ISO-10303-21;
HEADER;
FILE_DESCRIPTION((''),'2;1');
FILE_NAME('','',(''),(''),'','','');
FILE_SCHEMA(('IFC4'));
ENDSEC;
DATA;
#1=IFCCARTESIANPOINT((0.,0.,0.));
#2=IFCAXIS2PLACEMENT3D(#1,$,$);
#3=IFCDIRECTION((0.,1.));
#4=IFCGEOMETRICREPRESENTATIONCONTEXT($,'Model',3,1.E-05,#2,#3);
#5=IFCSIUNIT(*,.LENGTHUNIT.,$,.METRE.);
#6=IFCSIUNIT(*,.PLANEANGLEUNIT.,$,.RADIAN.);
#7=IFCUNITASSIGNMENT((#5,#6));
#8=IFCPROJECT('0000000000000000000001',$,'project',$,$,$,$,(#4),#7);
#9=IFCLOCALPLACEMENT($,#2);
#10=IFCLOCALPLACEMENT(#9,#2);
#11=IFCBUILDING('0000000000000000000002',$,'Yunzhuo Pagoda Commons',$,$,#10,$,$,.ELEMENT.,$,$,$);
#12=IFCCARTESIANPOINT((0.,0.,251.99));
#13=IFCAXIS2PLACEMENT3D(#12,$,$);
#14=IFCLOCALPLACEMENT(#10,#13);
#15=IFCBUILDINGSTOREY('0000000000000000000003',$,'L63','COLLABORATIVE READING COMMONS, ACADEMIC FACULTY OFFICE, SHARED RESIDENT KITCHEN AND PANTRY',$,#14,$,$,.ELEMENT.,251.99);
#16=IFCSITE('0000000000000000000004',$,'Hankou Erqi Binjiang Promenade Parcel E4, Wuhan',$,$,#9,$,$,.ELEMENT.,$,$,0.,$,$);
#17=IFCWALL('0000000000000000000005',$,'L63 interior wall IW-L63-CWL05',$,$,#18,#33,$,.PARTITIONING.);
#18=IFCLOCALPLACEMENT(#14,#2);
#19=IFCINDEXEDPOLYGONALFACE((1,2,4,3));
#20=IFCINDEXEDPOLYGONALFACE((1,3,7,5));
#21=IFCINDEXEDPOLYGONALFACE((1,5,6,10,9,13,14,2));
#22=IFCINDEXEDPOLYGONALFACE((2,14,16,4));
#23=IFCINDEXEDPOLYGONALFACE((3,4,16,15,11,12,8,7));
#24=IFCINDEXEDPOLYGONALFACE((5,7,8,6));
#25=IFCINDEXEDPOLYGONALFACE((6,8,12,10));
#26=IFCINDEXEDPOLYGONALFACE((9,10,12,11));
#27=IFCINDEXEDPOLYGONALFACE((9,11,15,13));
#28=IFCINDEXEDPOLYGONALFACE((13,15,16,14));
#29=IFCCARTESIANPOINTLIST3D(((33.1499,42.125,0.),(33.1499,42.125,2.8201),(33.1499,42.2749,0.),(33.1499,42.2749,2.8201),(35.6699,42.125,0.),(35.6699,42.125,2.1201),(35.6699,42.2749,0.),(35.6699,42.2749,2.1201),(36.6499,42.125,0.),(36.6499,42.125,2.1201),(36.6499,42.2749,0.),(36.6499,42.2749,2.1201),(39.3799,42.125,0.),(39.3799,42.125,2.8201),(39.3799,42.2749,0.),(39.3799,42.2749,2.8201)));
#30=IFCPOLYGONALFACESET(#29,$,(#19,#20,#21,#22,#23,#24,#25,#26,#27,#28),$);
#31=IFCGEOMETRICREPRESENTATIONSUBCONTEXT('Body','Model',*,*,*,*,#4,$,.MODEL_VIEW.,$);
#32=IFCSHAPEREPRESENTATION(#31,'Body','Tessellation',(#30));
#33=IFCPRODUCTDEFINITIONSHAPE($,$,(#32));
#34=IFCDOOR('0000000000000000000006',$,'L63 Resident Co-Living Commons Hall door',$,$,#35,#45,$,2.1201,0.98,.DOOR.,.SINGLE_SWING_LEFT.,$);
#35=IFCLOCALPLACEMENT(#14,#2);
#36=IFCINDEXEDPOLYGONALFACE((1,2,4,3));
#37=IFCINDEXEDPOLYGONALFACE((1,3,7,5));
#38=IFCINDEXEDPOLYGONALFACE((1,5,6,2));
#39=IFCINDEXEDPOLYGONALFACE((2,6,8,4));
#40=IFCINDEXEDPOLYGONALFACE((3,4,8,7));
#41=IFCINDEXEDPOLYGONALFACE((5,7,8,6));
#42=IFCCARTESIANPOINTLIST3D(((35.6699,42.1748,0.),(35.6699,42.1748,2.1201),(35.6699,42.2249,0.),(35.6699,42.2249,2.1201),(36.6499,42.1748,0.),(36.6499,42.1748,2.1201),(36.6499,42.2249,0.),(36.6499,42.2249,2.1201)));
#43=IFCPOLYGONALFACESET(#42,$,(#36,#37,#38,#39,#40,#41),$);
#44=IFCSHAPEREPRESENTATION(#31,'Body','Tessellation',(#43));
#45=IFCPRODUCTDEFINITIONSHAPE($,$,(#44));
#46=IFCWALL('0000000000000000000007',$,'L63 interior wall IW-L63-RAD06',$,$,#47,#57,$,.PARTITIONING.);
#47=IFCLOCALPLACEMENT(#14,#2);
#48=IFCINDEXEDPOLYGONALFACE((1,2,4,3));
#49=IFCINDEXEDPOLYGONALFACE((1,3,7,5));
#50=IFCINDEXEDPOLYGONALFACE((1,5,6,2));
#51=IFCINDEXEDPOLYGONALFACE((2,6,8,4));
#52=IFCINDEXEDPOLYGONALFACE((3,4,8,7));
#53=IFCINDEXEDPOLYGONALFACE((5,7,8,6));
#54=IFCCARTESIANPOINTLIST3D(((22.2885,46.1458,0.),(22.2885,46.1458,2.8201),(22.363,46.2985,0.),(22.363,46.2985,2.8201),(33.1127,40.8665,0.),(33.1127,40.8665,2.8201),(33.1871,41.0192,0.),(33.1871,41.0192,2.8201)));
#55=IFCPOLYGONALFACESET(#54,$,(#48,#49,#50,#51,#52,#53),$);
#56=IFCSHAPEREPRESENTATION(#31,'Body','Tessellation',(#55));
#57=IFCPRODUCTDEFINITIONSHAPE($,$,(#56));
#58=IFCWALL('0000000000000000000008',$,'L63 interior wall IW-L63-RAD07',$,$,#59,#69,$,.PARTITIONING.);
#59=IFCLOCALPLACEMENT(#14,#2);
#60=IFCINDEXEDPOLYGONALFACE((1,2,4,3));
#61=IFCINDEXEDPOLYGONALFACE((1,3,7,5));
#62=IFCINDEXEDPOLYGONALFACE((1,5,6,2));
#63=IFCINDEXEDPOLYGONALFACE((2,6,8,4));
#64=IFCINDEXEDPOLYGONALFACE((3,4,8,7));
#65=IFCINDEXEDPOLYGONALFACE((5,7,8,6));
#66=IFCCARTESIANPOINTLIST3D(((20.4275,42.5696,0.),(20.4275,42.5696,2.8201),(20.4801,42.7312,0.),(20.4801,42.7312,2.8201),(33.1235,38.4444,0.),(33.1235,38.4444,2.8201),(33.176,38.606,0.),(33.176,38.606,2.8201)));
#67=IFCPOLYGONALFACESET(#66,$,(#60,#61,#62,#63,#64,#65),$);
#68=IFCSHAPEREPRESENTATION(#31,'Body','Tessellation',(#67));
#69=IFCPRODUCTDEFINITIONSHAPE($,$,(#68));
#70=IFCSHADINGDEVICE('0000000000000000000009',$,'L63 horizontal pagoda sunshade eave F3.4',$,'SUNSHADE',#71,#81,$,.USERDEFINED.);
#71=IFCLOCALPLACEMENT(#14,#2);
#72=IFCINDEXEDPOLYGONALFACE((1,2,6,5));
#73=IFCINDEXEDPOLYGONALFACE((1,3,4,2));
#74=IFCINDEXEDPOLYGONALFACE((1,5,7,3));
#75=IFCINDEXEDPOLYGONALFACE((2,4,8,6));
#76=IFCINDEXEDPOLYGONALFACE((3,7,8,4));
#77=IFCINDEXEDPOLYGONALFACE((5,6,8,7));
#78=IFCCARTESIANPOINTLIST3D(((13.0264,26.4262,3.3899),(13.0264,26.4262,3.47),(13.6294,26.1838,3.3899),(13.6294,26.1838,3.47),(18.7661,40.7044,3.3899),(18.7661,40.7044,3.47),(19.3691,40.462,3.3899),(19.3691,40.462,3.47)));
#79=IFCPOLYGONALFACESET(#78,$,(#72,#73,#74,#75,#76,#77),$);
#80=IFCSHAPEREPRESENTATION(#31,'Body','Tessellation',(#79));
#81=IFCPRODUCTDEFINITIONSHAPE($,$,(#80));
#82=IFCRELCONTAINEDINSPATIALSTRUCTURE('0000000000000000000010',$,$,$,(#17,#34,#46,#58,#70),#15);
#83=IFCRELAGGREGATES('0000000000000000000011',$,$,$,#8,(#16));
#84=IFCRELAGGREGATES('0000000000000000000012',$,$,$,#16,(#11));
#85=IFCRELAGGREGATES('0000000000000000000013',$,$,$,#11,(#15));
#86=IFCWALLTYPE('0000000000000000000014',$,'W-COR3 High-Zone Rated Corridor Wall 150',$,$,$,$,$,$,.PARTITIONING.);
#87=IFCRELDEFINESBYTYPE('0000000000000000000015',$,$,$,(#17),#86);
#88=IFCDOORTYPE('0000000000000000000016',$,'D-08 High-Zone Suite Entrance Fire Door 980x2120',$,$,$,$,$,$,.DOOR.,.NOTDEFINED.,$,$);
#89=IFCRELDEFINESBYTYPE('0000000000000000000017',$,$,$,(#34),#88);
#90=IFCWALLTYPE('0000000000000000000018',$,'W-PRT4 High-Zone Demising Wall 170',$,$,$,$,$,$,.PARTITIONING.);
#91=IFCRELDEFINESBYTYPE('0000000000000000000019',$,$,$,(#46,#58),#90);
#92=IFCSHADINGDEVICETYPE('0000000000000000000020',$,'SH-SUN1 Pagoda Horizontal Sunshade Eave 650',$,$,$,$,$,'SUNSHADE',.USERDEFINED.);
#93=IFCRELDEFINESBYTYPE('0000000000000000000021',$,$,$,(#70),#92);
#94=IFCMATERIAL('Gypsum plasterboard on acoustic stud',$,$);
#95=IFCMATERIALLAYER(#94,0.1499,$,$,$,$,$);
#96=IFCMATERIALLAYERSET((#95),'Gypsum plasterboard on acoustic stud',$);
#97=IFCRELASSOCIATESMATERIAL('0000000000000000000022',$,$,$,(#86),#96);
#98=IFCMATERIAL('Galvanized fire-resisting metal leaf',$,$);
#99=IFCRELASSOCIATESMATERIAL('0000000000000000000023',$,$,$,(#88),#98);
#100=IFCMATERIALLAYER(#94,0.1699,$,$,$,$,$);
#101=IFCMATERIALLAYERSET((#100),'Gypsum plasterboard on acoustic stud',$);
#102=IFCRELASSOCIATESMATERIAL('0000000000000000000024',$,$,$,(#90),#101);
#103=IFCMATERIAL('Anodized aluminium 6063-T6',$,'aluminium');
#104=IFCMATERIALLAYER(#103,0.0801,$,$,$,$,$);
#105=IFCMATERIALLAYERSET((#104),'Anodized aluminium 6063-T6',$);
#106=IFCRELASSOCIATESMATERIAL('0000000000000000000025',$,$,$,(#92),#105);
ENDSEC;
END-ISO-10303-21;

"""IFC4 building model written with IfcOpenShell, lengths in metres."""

from ifc_helpers import new_model, si_unit, direction, frame, frame_2d, origin, origin_with_axes, origin_2d, place, context, subcontext, project, spatial, rectangle, extrude, source, transform, mapped, material, layer, layer_set, type_object, element, fill, save


model = new_model("IFC4")

# Units and contexts
model_context = context("Model", 3, precision=1e-05, world=origin(), true_north=direction((0.0, 1.0)))
body_context = subcontext(model_context, "Body", "Model", "MODEL_VIEW")
ifc_project = project(units=[si_unit("LENGTHUNIT", "METRE"), si_unit("PLANEANGLEUNIT", "RADIAN")], contexts=[model_context])

# Site, building, storey
site_placement = place(None, origin())
site = spatial("IfcSite", under=ifc_project, at=site_placement, Name="Hankou Erqi Binjiang Promenade Parcel E4, Wuhan", CompositionType="ELEMENT", RefElevation=0.0)
building_placement = place(site_placement, origin())
building = spatial("IfcBuilding", under=site, at=building_placement, Name="Yunzhuo Pagoda Commons", CompositionType="ELEMENT")
storey_placement = place(building_placement, frame((0.0, 0.0, 251.99)))
storey = spatial("IfcBuildingStorey", under=building, at=storey_placement, Name="L63", Description="COLLABORATIVE READING COMMONS, ACADEMIC FACULTY OFFICE, SHARED RESIDENT KITCHEN AND PANTRY", CompositionType="ELEMENT", Elevation=251.99)

# Shared definitions
ifc_material_1 = material(Name="Anodized aluminium 6063-T6", Category="aluminium")

# Shared definitions
ifc_material_2 = material(Name="Gypsum plasterboard on acoustic stud")
ifc_layer_1 = layer(ifc_material_2, 0.1499)
ifc_layer_set_1 = layer_set([ifc_layer_1], Name="Gypsum plasterboard on acoustic stud")
wall_type_1 = type_object("IfcWallType", Name="W-COR3 High-Zone Rated Corridor Wall 150", PredefinedType="PARTITIONING", material=ifc_layer_set_1)

# Wall, opening, door
wall_1_placement = place(storey_placement, frame((33.1499, 42.2, 0.0), z_axis=(0.0, 0.0, 1.0), x_axis=(1.0, 0.0, 0.0)))
wall_1 = element("IfcWall", 1, at=wall_1_placement, inside=storey, type_object=wall_type_1, Name="L63 interior wall IW-L63-CWL05", PredefinedType="PARTITIONING", context=body_context, shape_type="SweptSolid", body=[
    extrude(rectangle(XDim=6.23, YDim=0.1499, at=frame_2d((3.115, 0.0))), origin(), (0.0, 0.0, 1.0), 2.8201),
])
opening_1_placement = place(wall_1_placement, frame((2.52, 0.0, 0.0)))
opening_1 = element("IfcOpeningElement", 2, at=opening_1_placement, cuts=wall_1, PredefinedType="OPENING", context=body_context, shape_type="SweptSolid", body=[
    extrude(rectangle(XDim=0.98, YDim=2.1201, at=frame_2d((0.49, 1.0601))), frame((0.0, 0.085, 0.0), z_axis=(0.0, -1.0, 0.0), x_axis=(1.0, 0.0, 0.0)), (0.0, 0.0, 1.0), 0.1699),
])
ifc_material_3 = material(Name="Galvanized fire-resisting metal leaf")
door_type_1 = type_object("IfcDoorType", Name="D-08 High-Zone Suite Entrance Fire Door 980x2120", OperationType="NOTDEFINED", PredefinedType="DOOR", material=ifc_material_3)
shared_shape_1 = source(origin(), body_context, "Body", "SweptSolid", [
    extrude(rectangle(XDim=0.98, YDim=2.1201, at=frame_2d((0.49, 1.0601))), frame((0.0, 0.0249, 0.0), z_axis=(0.0, -1.0, 0.0), x_axis=(1.0, 0.0, 0.0)), (0.0, 0.0, 1.0), 0.05),
])
door_1_placement = place(opening_1_placement, origin_with_axes())
door_1 = element("IfcDoor", 3, at=door_1_placement, inside=storey, type_object=door_type_1, Name="L63 Resident Co-Living Commons Hall door", OperationType="SINGLE_SWING_LEFT", OverallHeight=2.1201, OverallWidth=0.98, PredefinedType="DOOR", context=body_context, shape_type="MappedRepresentation", body=[
    mapped(shared_shape_1, transform((0.0, 0.0, 0.0), scale=1.0)),
])
fill(opening_1, door_1)

# Walls
ifc_layer_2 = layer(ifc_material_2, 0.1699)
ifc_layer_set_2 = layer_set([ifc_layer_2], Name="Gypsum plasterboard on acoustic stud")
wall_type_2 = type_object("IfcWallType", Name="W-PRT4 High-Zone Demising Wall 170", PredefinedType="PARTITIONING", material=ifc_layer_set_2)
wall_2_placement = place(storey_placement, frame((33.1499, 40.9429, 0.0), z_axis=(0.0, 0.0, 1.0), x_axis=(-0.898795, 0.438369, 0.0)))
element("IfcWall", 4, at=wall_2_placement, inside=storey, type_object=wall_type_2, Name="L63 interior wall IW-L63-RAD06", PredefinedType="PARTITIONING", context=body_context, shape_type="SweptSolid", body=[
    extrude(rectangle(XDim=12.043, YDim=0.1699, at=frame_2d((6.0215, 0.0))), origin(), (0.0, 0.0, 1.0), 2.8201),
])
wall_3_placement = place(storey_placement, frame((33.1499, 38.5251, 0.0), z_axis=(0.0, 0.0, 1.0), x_axis=(-0.951055, 0.30902, 0.0)))
element("IfcWall", 5, at=wall_3_placement, inside=storey, type_object=wall_type_2, Name="L63 interior wall IW-L63-RAD07", PredefinedType="PARTITIONING", context=body_context, shape_type="SweptSolid", body=[
    extrude(rectangle(XDim=13.3494, YDim=0.1699, at=frame_2d((6.6748, 0.0))), origin(), (0.0, 0.0, 1.0), 2.8201),
])

# Shading device
ifc_layer_3 = layer(ifc_material_1, 0.0801)
ifc_layer_set_3 = layer_set([ifc_layer_3], Name="Anodized aluminium 6063-T6")
shading_device_type = type_object("IfcShadingDeviceType", Name="SH-SUN1 Pagoda Horizontal Sunshade Eave 650", ElementType="SUNSHADE", PredefinedType="USERDEFINED", material=ifc_layer_set_3)
shared_shape_2 = source(origin(), body_context, "Body", "SweptSolid", [
    extrude(rectangle(XDim=15.3887, YDim=0.6499, at=origin_2d()), origin(), (0.0, 0.0, 1.0), 0.0801),
])
shading_device_placement = place(storey_placement, frame((16.1978, 33.4441, 3.3899), z_axis=(0.0, 0.0, 1.0), x_axis=(-0.372988, -0.927836, 0.0)))
element("IfcShadingDevice", 6, at=shading_device_placement, inside=storey, type_object=shading_device_type, Name="L63 horizontal pagoda sunshade eave F3.4", ObjectType="SUNSHADE", PredefinedType="USERDEFINED", context=body_context, shape_type="MappedRepresentation", body=[
    mapped(shared_shape_2, transform((0.0, 0.0, 0.0), scale=1.0)),
])

save(model, "model.ifc")
